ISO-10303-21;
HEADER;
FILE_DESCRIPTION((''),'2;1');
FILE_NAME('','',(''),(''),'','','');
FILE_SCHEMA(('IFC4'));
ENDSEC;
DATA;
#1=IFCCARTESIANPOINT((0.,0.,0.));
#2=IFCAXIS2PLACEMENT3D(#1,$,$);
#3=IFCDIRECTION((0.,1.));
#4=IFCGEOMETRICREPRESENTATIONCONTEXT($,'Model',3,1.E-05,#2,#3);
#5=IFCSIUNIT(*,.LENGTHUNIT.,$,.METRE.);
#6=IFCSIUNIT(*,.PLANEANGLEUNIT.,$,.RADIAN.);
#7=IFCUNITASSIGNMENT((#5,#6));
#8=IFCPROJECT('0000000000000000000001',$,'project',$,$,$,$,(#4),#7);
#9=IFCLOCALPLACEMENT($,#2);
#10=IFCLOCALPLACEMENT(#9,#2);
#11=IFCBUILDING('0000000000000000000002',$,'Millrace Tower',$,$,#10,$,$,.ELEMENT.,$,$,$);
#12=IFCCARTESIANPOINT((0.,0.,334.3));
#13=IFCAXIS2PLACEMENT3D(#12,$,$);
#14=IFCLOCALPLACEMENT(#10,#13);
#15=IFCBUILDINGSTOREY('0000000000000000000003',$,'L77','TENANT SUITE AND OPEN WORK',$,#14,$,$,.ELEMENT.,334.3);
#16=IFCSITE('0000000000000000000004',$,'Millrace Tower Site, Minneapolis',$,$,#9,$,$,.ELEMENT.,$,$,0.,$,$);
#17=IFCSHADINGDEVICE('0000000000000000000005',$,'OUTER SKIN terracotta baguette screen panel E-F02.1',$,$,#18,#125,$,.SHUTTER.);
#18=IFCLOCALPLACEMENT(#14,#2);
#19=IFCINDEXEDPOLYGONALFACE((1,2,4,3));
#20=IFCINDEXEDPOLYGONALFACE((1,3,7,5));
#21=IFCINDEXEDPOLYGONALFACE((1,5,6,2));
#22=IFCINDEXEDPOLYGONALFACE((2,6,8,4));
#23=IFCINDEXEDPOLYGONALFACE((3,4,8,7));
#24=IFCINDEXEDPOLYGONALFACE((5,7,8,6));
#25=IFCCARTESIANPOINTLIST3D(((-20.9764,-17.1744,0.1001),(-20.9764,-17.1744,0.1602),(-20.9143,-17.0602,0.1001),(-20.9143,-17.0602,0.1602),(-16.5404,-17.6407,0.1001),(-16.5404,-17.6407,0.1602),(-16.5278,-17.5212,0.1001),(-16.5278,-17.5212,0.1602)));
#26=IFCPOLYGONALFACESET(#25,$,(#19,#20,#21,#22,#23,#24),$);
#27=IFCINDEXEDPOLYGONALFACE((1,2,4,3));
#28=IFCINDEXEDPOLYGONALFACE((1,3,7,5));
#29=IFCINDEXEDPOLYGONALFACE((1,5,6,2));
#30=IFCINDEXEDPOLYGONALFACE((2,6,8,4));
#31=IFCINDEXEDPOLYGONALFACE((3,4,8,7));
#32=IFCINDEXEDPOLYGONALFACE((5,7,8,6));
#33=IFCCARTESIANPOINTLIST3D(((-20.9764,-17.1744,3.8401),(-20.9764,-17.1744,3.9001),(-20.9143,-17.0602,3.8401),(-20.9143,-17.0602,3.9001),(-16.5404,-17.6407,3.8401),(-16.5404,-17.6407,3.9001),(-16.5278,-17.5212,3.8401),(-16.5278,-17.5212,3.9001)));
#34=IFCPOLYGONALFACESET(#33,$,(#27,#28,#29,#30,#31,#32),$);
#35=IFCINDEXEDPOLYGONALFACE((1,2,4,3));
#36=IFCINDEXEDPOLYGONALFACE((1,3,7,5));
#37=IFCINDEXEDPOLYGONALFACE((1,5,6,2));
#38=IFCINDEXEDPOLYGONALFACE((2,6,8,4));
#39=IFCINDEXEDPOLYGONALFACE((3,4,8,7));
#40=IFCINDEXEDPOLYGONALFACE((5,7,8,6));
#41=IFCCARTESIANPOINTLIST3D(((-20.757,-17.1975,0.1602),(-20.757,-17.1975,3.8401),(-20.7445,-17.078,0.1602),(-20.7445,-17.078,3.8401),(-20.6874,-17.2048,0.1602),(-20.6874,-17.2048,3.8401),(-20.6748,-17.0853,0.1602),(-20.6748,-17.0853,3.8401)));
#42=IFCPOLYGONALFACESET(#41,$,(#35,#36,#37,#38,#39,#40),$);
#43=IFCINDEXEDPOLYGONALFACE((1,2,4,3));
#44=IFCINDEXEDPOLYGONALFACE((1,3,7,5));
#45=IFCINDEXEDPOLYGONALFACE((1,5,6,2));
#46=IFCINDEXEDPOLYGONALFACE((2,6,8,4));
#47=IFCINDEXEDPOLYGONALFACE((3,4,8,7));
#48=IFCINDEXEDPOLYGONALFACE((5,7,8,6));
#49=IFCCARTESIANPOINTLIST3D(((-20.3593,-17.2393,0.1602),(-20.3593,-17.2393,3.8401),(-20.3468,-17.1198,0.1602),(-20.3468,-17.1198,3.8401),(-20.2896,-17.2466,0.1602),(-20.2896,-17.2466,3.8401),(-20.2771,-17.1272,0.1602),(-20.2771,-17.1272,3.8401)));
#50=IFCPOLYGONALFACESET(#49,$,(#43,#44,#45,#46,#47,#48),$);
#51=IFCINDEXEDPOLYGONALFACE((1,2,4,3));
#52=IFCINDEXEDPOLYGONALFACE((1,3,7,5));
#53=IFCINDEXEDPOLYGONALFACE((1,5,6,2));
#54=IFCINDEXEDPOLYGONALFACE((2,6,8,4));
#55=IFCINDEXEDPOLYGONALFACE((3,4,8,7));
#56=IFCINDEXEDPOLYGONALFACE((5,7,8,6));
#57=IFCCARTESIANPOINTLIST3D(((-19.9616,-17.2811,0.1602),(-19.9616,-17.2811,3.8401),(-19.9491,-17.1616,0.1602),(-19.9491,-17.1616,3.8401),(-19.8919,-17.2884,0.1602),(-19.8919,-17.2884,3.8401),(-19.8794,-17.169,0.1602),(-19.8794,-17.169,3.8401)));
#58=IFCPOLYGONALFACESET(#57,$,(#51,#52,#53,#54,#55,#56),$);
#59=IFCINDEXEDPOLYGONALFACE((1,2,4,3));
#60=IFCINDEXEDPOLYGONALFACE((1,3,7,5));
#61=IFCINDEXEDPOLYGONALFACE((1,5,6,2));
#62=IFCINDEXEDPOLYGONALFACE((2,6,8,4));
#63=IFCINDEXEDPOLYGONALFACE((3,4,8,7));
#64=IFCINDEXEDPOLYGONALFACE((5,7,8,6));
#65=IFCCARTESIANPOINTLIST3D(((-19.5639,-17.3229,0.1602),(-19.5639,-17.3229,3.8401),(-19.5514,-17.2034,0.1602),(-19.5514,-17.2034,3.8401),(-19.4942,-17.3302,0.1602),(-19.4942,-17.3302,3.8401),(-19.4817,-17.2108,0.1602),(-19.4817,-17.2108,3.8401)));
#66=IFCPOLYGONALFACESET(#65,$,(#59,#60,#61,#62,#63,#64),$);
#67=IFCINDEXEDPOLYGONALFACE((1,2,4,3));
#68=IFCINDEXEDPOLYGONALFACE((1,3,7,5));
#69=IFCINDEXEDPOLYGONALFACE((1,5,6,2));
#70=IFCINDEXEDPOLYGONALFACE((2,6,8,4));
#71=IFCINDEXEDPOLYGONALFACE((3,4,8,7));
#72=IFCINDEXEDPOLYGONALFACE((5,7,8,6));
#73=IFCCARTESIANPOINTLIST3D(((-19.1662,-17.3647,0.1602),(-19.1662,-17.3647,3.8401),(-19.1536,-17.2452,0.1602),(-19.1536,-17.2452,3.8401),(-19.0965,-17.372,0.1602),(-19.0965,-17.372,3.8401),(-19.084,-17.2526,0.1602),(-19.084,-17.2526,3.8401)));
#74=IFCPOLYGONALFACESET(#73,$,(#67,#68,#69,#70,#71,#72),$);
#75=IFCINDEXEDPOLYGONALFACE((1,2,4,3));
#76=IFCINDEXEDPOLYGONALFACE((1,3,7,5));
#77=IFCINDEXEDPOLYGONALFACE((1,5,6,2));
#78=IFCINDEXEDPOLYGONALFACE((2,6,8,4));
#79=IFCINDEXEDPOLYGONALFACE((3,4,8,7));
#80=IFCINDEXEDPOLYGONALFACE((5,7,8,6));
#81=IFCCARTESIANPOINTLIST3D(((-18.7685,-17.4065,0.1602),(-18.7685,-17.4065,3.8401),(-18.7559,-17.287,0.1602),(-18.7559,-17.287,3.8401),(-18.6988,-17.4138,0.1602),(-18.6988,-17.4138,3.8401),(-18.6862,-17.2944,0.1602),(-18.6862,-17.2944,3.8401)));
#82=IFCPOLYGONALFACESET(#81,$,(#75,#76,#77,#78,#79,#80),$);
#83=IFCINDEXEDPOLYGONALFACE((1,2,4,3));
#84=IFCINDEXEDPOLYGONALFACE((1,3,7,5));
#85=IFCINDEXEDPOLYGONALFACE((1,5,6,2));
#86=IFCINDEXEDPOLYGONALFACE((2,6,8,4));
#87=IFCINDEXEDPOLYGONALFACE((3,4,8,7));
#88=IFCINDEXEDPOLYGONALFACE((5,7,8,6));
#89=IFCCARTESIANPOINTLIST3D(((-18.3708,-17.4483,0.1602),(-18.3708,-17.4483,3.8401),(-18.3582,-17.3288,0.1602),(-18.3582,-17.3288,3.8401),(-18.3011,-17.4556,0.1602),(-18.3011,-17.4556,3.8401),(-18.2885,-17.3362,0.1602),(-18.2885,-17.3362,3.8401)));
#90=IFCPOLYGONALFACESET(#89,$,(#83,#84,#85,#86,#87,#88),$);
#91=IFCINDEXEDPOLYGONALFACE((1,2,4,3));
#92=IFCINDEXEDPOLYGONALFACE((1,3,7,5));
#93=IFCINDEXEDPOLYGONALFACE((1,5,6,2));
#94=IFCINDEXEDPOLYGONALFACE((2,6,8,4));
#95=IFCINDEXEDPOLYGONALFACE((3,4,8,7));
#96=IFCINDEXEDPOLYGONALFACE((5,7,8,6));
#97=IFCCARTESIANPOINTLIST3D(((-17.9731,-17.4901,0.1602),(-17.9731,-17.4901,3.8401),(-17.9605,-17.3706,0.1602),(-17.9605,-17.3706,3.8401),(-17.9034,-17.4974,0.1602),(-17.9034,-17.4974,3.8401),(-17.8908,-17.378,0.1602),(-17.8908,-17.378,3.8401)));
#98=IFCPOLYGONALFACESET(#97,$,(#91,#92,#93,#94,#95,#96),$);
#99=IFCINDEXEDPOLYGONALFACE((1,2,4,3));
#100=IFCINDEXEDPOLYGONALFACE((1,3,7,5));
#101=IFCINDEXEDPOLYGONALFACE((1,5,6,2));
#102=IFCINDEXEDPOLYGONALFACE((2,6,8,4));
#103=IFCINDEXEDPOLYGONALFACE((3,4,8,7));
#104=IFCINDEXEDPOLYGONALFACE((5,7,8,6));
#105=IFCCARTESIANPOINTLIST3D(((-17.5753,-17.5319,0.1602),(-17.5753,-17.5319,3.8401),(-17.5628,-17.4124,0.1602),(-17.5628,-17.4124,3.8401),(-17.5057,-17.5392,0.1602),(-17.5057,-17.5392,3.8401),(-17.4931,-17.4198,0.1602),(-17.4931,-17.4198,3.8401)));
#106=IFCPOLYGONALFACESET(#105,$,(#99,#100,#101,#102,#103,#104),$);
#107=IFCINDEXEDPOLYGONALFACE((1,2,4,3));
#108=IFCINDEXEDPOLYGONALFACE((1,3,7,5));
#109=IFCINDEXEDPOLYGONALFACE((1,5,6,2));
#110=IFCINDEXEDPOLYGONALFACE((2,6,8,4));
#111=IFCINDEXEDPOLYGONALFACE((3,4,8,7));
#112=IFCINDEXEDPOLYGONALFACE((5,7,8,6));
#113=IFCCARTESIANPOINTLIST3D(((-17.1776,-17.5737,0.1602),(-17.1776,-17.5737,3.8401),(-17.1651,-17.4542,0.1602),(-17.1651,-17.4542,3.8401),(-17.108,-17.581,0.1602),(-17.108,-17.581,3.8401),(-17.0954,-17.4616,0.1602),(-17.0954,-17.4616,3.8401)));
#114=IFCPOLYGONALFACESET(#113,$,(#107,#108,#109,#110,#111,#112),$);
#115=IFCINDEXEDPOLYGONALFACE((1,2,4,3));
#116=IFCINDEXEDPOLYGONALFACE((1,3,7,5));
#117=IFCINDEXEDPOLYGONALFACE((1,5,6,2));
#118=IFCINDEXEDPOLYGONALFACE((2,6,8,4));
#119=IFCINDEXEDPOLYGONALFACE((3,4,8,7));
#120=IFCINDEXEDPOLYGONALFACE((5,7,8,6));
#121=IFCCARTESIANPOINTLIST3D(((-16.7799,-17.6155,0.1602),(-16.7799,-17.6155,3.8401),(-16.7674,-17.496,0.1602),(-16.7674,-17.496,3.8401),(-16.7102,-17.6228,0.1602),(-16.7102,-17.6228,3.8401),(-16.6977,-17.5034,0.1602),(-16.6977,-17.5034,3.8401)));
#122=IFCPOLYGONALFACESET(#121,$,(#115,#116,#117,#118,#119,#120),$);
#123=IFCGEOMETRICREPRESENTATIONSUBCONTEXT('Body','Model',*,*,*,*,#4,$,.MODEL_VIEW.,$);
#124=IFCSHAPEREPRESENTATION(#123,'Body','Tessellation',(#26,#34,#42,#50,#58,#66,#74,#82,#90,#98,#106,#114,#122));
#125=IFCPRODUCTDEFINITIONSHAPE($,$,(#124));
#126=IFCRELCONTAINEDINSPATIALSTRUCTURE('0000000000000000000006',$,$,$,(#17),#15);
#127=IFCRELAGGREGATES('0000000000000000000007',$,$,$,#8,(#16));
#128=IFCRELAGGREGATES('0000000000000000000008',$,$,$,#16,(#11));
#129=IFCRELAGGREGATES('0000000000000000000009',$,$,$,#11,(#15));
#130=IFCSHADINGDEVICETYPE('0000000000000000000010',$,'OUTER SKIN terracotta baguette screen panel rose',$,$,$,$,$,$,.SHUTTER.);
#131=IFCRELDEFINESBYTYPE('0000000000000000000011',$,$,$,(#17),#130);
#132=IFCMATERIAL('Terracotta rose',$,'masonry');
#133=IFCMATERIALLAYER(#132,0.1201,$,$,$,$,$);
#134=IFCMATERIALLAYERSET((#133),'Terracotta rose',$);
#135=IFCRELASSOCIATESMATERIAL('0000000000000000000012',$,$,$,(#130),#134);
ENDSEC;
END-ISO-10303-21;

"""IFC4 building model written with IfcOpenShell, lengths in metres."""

from ifc_helpers import new_model, entity, si_unit, direction, frame, frame_2d, origin, place, context, subcontext, project, spatial, rectangle, extrude, source, transform, mapped, material, layer, layer_set, type_object, element, save


model = new_model("IFC4")

# Units and contexts
model_context = context("Model", 3, precision=1e-05, world=origin(), true_north=direction((0.0, 1.0)))
body_context = subcontext(model_context, "Body", "Model", "MODEL_VIEW")
ifc_project = project(units=[si_unit("LENGTHUNIT", "METRE"), si_unit("PLANEANGLEUNIT", "RADIAN")], contexts=[model_context])

# Site, building, storey
site_placement = place(None, origin())
site = spatial("IfcSite", under=ifc_project, at=site_placement, Name="Millrace Tower Site, Minneapolis", CompositionType="ELEMENT", RefElevation=0.0)
building_placement = place(site_placement, origin())
building = spatial("IfcBuilding", under=site, at=building_placement, Name="Millrace Tower", CompositionType="ELEMENT")
storey_placement = place(building_placement, frame((0.0, 0.0, 334.3)))
storey = spatial("IfcBuildingStorey", under=building, at=storey_placement, Name="L77", Description="TENANT SUITE AND OPEN WORK", CompositionType="ELEMENT", Elevation=334.3)

# Shading device
ifc_material_1 = material(Name="Terracotta rose", Category="masonry")
ifc_layer_1 = layer(ifc_material_1, 0.1201)
ifc_layer_set_1 = layer_set([ifc_layer_1], Name="Terracotta rose")
shading_device_type = type_object("IfcShadingDeviceType", Name="OUTER SKIN terracotta baguette screen panel rose", PredefinedType="SHUTTER", material=ifc_layer_set_1)
cartesian_point_1 = entity("IfcCartesianPoint", [-2.1929, 0.0601])
shared_polyline_1 = entity("IfcPolyline", [cartesian_point_1, entity("IfcCartesianPoint", [2.2178, 0.0601]), entity("IfcCartesianPoint", [2.2178, -0.0601]), entity("IfcCartesianPoint", [-2.2427, -0.0601]), cartesian_point_1])
shared_shape_1 = source(origin(), body_context, "Body", "SweptSolid", [
    entity("IfcExtrudedAreaSolid", entity("IfcArbitraryClosedProfileDef", "AREA", None, shared_polyline_1), entity("IfcAxis2Placement3D", entity("IfcCartesianPoint", [0.0, 0.0, 0.0])), entity("IfcDirection", [0.0, 0.0, 1.0]), 0.0601),
    entity("IfcExtrudedAreaSolid", entity("IfcArbitraryClosedProfileDef", "AREA", None, shared_polyline_1), entity("IfcAxis2Placement3D", entity("IfcCartesianPoint", [0.0, 0.0, 3.74])), entity("IfcDirection", [0.0, 0.0, 1.0]), 0.0601),
    extrude(rectangle(XDim=0.0701, YDim=0.1201, at=frame_2d((-1.9871, 0.0))), frame((0.0, 0.0, 0.0601)), (0.0, 0.0, 1.0), 3.6799),
    extrude(rectangle(XDim=0.0701, YDim=0.1201, at=frame_2d((-1.5872, 0.0))), frame((0.0, 0.0, 0.0601)), (0.0, 0.0, 1.0), 3.6799),
    extrude(rectangle(XDim=0.0701, YDim=0.1201, at=frame_2d((-1.1873, 0.0))), frame((0.0, 0.0, 0.0601)), (0.0, 0.0, 1.0), 3.6799),
    extrude(rectangle(XDim=0.0701, YDim=0.1201, at=frame_2d((-0.7874, 0.0))), frame((0.0, 0.0, 0.0601)), (0.0, 0.0, 1.0), 3.6799),
    extrude(rectangle(XDim=0.0701, YDim=0.1201, at=frame_2d((-0.3875, 0.0))), frame((0.0, 0.0, 0.0601)), (0.0, 0.0, 1.0), 3.6799),
    extrude(rectangle(XDim=0.0701, YDim=0.1201, at=frame_2d((0.0125, 0.0))), frame((0.0, 0.0, 0.0601)), (0.0, 0.0, 1.0), 3.6799),
    extrude(rectangle(XDim=0.0701, YDim=0.1201, at=frame_2d((0.4124, 0.0))), frame((0.0, 0.0, 0.0601)), (0.0, 0.0, 1.0), 3.6799),
    extrude(rectangle(XDim=0.0701, YDim=0.1201, at=frame_2d((0.8123, 0.0))), frame((0.0, 0.0, 0.0601)), (0.0, 0.0, 1.0), 3.6799),
    extrude(rectangle(XDim=0.0701, YDim=0.1201, at=frame_2d((1.2122, 0.0))), frame((0.0, 0.0, 0.0601)), (0.0, 0.0, 1.0), 3.6799),
    extrude(rectangle(XDim=0.0701, YDim=0.1201, at=frame_2d((1.6121, 0.0))), frame((0.0, 0.0, 0.0601)), (0.0, 0.0, 1.0), 3.6799),
    extrude(rectangle(XDim=0.0701, YDim=0.1201, at=frame_2d((2.012, 0.0))), frame((0.0, 0.0, 0.0601)), (0.0, 0.0, 1.0), 3.6799),
])
shading_device_1_placement = place(storey_placement, frame((-18.7397, -17.3491, 0.1001), z_axis=(0.0, 0.0, 1.0), x_axis=(0.994522, -0.104528, 0.0)))
element("IfcShadingDevice", 1, at=shading_device_1_placement, inside=storey, type_object=shading_device_type, Name="OUTER SKIN terracotta baguette screen panel E-F02.1", PredefinedType="SHUTTER", context=body_context, shape_type="MappedRepresentation", body=[
    mapped(shared_shape_1, transform((0.0, 0.0, 0.0), scale=1.0)),
])

save(model, "model.ifc")
